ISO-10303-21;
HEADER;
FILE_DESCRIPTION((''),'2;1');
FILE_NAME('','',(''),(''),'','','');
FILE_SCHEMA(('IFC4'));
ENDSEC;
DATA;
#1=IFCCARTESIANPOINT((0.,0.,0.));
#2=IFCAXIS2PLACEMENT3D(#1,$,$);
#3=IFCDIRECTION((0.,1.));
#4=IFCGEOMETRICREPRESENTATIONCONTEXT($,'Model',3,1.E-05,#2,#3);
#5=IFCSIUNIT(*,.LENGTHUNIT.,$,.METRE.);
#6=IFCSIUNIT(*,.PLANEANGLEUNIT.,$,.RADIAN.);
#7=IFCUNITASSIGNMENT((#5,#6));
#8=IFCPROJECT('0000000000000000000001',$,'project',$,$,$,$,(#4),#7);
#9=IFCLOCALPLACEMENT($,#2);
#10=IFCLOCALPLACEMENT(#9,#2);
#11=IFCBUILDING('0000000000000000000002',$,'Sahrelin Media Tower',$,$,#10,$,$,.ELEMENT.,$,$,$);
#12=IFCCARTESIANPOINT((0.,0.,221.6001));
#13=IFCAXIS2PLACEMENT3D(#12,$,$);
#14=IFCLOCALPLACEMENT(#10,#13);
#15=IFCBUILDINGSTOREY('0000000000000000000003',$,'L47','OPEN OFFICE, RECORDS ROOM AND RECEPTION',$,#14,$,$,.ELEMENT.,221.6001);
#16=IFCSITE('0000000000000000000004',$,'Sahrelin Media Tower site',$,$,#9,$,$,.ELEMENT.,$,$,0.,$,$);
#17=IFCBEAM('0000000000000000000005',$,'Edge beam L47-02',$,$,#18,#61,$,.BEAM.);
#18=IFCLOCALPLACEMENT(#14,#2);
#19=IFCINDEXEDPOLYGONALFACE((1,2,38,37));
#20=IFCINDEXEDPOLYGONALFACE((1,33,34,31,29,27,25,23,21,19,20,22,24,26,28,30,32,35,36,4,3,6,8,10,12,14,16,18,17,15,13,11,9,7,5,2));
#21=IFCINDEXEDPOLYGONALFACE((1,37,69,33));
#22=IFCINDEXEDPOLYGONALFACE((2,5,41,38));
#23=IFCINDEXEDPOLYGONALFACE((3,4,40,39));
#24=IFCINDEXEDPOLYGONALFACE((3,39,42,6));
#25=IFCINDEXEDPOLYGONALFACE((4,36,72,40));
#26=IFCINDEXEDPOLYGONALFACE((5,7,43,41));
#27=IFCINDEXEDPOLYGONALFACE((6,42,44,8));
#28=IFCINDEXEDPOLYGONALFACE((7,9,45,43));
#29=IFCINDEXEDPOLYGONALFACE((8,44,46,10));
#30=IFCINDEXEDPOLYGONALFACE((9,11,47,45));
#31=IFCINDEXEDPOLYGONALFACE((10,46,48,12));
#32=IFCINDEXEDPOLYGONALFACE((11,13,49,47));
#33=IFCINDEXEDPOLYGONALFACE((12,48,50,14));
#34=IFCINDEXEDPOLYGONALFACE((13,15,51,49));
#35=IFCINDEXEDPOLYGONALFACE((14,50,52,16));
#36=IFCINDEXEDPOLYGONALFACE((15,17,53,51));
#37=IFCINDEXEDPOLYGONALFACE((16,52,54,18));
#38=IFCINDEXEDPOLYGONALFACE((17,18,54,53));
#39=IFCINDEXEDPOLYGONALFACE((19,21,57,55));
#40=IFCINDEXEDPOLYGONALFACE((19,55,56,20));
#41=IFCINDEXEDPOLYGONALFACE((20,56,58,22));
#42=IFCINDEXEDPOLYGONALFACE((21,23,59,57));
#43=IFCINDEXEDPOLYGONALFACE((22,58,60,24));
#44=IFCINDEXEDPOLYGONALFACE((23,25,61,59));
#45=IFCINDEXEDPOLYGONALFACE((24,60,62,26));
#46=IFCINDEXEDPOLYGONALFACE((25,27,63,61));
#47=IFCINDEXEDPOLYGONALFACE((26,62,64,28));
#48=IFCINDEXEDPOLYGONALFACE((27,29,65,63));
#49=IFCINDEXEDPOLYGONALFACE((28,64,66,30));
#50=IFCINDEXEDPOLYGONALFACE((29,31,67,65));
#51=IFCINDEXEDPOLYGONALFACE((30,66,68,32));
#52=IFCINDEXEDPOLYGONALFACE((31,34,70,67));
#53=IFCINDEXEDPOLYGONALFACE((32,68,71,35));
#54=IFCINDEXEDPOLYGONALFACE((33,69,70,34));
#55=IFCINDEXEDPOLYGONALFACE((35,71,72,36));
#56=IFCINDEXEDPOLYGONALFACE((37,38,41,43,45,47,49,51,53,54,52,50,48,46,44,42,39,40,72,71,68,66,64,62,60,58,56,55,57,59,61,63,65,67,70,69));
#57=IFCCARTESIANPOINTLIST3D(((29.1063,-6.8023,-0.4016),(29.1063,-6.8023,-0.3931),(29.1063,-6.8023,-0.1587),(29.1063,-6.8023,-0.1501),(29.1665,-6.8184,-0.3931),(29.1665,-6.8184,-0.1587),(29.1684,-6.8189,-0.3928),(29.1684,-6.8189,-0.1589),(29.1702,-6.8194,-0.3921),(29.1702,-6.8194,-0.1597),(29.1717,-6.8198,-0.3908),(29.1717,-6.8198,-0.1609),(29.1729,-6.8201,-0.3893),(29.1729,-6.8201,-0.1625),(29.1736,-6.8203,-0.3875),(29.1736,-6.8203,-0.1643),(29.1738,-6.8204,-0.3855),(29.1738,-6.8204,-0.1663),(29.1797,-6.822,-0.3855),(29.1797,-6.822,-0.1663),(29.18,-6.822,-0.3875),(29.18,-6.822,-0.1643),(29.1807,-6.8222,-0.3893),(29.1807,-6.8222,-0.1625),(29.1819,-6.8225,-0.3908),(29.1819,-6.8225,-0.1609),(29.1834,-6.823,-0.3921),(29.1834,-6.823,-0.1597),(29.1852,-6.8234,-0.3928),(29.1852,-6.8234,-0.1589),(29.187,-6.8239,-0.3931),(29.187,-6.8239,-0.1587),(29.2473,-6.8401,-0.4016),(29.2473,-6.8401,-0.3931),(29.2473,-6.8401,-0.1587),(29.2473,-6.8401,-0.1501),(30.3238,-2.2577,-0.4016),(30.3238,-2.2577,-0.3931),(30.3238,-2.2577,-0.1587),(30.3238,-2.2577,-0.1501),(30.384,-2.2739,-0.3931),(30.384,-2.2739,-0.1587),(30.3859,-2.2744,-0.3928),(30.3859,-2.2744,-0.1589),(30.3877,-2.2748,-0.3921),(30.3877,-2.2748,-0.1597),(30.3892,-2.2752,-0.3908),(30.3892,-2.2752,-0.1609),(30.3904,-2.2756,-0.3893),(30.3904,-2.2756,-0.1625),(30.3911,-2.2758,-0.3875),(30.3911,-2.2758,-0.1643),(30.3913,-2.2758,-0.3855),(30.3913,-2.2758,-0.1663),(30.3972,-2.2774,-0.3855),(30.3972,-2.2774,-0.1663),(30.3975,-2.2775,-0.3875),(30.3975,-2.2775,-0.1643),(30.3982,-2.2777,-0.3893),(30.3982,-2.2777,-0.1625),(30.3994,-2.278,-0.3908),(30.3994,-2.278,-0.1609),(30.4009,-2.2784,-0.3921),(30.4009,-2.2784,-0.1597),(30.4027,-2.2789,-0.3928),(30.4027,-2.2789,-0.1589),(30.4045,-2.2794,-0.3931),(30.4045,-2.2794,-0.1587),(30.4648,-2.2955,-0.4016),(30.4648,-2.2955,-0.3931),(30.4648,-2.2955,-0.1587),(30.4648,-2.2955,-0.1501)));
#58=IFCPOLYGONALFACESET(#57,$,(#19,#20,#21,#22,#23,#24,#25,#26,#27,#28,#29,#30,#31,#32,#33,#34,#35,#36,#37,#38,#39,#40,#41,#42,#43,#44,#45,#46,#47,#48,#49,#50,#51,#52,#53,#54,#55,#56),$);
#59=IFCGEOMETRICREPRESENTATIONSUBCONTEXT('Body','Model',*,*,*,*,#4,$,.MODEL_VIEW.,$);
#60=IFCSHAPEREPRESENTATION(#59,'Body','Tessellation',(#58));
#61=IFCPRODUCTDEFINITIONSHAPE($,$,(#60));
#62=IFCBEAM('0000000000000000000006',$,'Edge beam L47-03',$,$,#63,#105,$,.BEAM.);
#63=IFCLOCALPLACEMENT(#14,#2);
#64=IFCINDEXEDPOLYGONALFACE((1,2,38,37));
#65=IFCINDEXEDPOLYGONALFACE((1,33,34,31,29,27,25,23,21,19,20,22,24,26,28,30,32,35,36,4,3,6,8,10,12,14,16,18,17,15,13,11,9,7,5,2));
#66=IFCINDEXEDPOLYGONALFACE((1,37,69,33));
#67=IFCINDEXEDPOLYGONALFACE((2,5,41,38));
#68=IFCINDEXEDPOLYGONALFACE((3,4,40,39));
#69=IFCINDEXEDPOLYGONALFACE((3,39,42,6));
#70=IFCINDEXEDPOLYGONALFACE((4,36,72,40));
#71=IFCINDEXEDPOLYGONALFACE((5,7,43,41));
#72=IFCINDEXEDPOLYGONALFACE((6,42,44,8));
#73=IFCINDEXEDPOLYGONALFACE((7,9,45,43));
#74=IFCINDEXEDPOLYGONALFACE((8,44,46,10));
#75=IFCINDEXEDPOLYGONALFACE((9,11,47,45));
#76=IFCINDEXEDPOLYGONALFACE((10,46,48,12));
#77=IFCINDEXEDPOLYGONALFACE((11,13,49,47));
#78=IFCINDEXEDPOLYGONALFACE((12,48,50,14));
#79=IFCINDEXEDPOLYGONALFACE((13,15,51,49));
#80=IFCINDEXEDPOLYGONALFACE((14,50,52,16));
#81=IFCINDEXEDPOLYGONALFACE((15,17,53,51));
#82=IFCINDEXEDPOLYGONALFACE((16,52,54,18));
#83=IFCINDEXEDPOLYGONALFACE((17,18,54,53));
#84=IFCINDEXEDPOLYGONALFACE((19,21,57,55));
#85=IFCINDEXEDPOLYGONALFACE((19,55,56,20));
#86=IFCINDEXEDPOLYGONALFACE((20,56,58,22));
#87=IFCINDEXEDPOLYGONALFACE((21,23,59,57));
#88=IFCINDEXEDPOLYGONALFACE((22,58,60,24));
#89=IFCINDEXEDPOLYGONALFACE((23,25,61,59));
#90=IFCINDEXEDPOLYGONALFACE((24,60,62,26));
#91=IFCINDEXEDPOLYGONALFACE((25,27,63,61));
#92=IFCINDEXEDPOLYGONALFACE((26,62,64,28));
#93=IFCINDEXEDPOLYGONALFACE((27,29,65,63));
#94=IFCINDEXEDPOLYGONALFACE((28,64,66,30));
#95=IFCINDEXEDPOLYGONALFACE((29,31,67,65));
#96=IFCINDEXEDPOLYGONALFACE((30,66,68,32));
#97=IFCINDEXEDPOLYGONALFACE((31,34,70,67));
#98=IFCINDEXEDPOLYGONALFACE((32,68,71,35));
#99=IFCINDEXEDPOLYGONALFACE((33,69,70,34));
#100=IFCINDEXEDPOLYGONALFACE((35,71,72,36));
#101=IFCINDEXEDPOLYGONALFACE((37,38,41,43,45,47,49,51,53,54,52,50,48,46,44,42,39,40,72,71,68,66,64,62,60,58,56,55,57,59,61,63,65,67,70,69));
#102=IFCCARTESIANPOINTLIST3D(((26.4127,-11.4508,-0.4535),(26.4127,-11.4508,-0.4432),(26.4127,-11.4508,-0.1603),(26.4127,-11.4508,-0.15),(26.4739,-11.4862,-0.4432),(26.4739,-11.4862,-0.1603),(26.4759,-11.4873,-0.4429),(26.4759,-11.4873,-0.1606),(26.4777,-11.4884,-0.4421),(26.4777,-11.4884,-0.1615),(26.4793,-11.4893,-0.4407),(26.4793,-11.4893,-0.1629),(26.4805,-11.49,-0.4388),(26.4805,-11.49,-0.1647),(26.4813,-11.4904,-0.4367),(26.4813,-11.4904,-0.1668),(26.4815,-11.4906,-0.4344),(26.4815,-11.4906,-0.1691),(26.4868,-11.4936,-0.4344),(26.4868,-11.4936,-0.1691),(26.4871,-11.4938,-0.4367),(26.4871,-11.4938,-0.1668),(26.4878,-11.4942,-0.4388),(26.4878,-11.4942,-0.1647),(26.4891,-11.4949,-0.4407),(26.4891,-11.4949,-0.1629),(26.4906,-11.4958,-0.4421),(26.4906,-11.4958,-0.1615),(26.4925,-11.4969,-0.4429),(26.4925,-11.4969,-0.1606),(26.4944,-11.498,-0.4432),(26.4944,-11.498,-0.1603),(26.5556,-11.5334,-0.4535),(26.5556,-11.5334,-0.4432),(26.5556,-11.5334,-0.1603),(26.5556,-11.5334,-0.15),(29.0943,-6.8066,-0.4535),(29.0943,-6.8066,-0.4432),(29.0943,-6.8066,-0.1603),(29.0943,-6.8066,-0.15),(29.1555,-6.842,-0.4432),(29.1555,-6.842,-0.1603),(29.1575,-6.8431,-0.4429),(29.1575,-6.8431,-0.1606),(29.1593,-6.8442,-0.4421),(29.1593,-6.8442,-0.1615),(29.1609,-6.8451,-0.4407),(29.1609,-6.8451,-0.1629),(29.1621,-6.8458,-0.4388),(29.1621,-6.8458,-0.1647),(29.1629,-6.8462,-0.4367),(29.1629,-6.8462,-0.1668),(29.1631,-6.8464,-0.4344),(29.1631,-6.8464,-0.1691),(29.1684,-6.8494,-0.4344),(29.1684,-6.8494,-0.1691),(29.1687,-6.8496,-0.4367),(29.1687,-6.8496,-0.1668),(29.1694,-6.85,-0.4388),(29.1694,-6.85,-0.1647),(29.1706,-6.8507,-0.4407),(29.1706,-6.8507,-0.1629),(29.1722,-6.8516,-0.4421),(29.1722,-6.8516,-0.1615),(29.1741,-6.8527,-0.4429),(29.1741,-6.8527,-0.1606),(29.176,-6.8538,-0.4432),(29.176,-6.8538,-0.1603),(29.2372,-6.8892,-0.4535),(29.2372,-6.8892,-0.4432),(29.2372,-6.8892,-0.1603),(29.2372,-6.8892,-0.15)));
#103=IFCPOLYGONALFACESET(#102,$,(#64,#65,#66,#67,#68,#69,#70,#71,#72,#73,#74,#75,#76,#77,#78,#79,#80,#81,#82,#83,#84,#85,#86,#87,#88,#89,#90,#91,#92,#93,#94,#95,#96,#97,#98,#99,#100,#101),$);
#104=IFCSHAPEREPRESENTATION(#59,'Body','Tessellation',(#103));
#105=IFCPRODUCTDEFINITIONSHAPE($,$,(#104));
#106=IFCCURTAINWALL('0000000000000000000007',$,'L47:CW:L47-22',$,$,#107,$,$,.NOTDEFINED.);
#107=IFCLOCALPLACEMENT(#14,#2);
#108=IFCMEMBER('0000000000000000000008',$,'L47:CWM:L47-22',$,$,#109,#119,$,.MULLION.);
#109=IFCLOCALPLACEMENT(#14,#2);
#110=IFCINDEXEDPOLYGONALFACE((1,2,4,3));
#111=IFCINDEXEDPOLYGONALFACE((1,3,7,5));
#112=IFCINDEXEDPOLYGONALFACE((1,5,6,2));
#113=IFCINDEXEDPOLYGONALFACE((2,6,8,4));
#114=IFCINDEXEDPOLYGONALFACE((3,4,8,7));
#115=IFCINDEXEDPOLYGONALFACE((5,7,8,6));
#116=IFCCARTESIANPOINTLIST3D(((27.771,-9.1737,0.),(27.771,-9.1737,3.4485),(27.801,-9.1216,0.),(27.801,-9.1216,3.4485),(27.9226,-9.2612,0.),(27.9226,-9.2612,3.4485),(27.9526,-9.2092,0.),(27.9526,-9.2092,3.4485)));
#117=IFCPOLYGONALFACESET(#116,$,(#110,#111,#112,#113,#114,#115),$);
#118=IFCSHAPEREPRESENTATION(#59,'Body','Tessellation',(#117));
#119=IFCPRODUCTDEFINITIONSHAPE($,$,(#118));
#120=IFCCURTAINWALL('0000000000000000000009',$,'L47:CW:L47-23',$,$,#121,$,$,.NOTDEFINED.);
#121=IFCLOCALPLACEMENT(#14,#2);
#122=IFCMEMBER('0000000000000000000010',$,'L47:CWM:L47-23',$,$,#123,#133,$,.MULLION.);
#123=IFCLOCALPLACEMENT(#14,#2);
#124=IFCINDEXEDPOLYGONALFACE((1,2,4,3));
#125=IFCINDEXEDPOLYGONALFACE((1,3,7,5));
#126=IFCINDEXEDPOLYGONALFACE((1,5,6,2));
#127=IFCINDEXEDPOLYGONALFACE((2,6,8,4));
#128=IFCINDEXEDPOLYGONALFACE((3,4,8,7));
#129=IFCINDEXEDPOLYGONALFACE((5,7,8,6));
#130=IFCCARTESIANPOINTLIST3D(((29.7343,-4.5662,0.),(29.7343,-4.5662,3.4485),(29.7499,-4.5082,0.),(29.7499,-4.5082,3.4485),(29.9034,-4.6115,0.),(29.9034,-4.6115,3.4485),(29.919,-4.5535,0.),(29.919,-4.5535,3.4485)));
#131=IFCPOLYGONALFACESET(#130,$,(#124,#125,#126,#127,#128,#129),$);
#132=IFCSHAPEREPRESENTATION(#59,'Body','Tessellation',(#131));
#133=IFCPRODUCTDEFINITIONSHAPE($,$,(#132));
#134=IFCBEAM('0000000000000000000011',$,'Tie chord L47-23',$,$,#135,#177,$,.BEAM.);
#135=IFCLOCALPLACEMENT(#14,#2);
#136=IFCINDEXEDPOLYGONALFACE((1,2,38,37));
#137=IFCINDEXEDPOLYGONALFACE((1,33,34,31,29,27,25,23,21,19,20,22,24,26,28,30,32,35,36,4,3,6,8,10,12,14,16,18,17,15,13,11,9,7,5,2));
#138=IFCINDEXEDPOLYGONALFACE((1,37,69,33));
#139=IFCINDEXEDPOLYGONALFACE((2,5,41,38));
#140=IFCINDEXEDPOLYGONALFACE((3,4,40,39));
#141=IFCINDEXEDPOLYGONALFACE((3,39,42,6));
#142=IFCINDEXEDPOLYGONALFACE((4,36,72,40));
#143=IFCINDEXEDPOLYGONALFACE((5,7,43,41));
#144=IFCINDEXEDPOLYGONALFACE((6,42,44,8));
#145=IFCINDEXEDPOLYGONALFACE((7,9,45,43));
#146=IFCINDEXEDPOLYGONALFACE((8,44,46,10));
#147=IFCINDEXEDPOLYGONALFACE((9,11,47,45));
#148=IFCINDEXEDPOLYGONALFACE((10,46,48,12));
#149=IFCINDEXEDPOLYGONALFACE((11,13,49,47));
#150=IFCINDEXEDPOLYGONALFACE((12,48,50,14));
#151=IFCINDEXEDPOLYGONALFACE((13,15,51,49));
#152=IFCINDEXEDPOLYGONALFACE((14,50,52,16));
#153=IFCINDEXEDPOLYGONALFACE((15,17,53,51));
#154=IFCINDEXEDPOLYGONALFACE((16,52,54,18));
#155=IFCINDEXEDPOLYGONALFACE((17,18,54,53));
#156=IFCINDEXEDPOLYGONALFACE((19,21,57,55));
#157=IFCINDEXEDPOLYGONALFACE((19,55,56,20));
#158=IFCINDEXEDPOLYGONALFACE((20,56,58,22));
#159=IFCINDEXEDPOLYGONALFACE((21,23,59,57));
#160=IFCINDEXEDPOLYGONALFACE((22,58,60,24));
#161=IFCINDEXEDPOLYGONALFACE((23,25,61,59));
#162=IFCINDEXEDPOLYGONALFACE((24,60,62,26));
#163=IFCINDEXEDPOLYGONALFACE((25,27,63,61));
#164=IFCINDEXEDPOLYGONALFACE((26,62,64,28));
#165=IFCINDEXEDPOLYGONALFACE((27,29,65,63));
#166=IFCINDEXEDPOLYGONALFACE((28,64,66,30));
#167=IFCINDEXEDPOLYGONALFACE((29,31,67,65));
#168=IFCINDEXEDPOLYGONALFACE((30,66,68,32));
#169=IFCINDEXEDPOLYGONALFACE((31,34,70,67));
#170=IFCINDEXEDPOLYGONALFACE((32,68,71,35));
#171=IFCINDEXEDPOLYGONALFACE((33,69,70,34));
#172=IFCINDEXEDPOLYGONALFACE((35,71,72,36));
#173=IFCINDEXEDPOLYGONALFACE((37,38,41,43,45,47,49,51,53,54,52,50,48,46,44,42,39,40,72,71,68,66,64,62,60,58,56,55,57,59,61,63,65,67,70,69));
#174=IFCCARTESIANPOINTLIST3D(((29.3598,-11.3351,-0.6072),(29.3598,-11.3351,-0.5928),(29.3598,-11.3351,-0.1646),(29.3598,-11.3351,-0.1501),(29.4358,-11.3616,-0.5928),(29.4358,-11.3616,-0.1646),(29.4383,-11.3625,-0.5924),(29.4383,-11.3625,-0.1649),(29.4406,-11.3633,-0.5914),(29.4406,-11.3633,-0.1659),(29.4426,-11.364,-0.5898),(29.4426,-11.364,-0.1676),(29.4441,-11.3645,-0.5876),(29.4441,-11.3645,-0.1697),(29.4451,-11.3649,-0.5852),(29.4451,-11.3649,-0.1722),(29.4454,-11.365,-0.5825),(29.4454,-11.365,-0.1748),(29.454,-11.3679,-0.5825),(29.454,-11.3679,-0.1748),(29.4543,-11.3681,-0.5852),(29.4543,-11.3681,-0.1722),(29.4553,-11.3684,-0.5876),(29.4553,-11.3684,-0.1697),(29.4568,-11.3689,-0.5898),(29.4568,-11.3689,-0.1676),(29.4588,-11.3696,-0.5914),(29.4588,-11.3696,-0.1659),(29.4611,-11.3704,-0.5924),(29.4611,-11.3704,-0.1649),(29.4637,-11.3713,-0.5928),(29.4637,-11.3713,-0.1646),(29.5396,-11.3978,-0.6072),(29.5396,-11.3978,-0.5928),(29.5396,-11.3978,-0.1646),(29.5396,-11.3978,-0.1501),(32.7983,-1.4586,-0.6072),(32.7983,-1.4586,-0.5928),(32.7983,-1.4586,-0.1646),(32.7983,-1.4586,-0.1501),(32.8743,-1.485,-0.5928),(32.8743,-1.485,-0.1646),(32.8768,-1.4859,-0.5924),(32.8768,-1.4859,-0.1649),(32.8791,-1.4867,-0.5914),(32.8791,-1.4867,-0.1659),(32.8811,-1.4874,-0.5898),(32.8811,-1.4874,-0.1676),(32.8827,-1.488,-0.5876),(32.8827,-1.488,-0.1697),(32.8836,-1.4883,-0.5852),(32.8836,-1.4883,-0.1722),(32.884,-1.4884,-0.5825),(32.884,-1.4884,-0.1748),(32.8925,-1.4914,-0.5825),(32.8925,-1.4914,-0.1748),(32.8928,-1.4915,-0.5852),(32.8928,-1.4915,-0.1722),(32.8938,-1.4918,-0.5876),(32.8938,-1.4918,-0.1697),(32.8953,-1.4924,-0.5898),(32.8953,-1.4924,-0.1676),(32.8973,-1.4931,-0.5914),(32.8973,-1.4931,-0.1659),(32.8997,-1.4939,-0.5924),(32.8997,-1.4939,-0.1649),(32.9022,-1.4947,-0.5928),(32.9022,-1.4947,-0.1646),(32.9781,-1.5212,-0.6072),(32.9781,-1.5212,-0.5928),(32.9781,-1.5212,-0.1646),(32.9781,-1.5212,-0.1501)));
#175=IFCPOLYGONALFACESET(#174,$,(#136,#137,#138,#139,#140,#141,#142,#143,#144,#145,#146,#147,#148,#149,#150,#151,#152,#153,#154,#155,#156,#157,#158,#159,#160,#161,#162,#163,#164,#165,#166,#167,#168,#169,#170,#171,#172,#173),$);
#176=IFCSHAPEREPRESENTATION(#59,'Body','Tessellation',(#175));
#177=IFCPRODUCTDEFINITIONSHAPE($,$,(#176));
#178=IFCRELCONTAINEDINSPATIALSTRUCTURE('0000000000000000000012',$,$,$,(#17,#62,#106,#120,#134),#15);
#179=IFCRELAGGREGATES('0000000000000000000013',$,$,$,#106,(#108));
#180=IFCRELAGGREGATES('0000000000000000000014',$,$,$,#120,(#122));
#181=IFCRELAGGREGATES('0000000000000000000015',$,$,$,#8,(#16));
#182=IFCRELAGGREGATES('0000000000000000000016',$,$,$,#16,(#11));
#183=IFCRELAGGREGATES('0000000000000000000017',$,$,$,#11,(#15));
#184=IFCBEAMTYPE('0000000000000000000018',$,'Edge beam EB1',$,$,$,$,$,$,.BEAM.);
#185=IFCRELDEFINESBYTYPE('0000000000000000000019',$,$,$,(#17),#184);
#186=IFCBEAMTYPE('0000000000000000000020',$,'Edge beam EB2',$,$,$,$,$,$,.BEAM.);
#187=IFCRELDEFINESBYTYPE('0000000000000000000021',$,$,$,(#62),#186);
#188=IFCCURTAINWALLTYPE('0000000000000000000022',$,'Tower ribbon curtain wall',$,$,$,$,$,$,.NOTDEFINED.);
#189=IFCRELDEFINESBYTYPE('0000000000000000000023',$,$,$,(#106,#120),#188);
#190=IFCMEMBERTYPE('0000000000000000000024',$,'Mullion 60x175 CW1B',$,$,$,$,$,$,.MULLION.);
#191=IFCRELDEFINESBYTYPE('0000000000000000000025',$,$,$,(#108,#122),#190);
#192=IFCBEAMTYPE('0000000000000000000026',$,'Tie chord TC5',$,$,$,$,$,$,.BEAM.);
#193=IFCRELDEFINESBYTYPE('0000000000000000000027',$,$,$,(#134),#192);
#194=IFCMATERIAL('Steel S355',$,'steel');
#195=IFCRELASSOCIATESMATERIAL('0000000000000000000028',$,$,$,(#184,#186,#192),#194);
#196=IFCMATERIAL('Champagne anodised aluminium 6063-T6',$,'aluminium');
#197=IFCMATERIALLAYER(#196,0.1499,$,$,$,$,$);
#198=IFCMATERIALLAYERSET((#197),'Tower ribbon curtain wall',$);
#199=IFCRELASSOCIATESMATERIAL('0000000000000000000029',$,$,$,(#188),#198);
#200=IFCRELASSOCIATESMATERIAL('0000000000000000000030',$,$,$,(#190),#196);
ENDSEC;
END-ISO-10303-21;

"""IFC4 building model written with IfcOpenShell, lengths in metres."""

from ifc_helpers import new_model, si_unit, direction, frame, origin, origin_2d, place, context, subcontext, project, spatial, rectangle, i_section, extrude, material, layer, layer_set, material_profile, profile_set, type_object, element, aggregate, save


model = new_model("IFC4")

# Units and contexts
model_context = context("Model", 3, precision=1e-05, world=origin(), true_north=direction((0.0, 1.0)))
body_context = subcontext(model_context, "Body", "Model", "MODEL_VIEW")
ifc_project = project(units=[si_unit("LENGTHUNIT", "METRE"), si_unit("PLANEANGLEUNIT", "RADIAN")], contexts=[model_context])

# Site, building, storey
site_placement = place(None, origin())
site = spatial("IfcSite", under=ifc_project, at=site_placement, Name="Sahrelin Media Tower site", CompositionType="ELEMENT", RefElevation=0.0)
building_placement = place(site_placement, origin())
building = spatial("IfcBuilding", under=site, at=building_placement, Name="Sahrelin Media Tower", CompositionType="ELEMENT")
storey_placement = place(building_placement, frame((0.0, 0.0, 221.6001)))
storey = spatial("IfcBuildingStorey", under=building, at=storey_placement, Name="L47", Description="OPEN OFFICE, RECORDS ROOM AND RECEPTION", CompositionType="ELEMENT", Elevation=221.6001)

# Beams
ifc_material_1 = material(Name="Steel S355", Category="steel")
ifc_material_profile_1 = material_profile(ifc_material_1, i_section(OverallWidth=0.146, OverallDepth=0.2515, WebThickness=0.0061, FlangeThickness=0.0085, FilletRadius=0.0076, at=origin_2d()), Name="UB 254x146x31")
ifc_profile_set_1 = profile_set([ifc_material_profile_1], Name="Steel S355")
beam_type_1 = type_object("IfcBeamType", Name="Edge beam EB1", PredefinedType="BEAM", material=ifc_profile_set_1)
beam_1_placement = place(storey_placement, frame((30.3943, -2.2766, -0.2759), z_axis=(-0.258777, -0.965937, 0.0), x_axis=(0.965937, -0.258777, 0.0)))
element("IfcBeam", 1, at=beam_1_placement, inside=storey, type_object=beam_type_1, Name="Edge beam L47-02", PredefinedType="BEAM", context=body_context, shape_type="SweptSolid", body=[
    extrude(i_section(OverallWidth=0.146, OverallDepth=0.2515, WebThickness=0.0061, FlangeThickness=0.0085, FilletRadius=0.0076, at=origin_2d()), origin(), (0.0, 0.0, 1.0), 4.7048),
])
ifc_material_profile_2 = material_profile(ifc_material_1, i_section(OverallWidth=0.165, OverallDepth=0.3035, WebThickness=0.0061, FlangeThickness=0.0103, FilletRadius=0.0088, at=origin_2d()), Name="UB 305x165x40")
ifc_profile_set_2 = profile_set([ifc_material_profile_2], Name="Steel S355")
beam_type_2 = type_object("IfcBeamType", Name="Edge beam EB2", PredefinedType="BEAM", material=ifc_profile_set_2)
beam_2_placement = place(storey_placement, frame((29.1658, -6.8479, -0.3018), z_axis=(-0.500036, -0.866004, 0.0), x_axis=(0.866004, -0.500036, 0.0)))
element("IfcBeam", 2, at=beam_2_placement, inside=storey, type_object=beam_type_2, Name="Edge beam L47-03", PredefinedType="BEAM", context=body_context, shape_type="SweptSolid", body=[
    extrude(i_section(OverallWidth=0.165, OverallDepth=0.3035, WebThickness=0.0061, FlangeThickness=0.0103, FilletRadius=0.0088, at=origin_2d()), origin(), (0.0, 0.0, 1.0), 5.3628),
])

# Curtain walls, members
ifc_material_2 = material(Name="Champagne anodised aluminium 6063-T6", Category="aluminium")
ifc_layer_1 = layer(ifc_material_2, 0.1499)
ifc_layer_set_1 = layer_set([ifc_layer_1], Name="Tower ribbon curtain wall")
curtain_wall_type = type_object("IfcCurtainWallType", Name="Tower ribbon curtain wall", PredefinedType="NOTDEFINED", material=ifc_layer_set_1)
curtain_wall_1_placement = place(storey_placement, frame((27.9548, -9.2451, 0.0), z_axis=(0.0, 0.0, 1.0), x_axis=(1.0, 0.0, 0.0)))
curtain_wall_1 = element("IfcCurtainWall", 3, at=curtain_wall_1_placement, inside=storey, type_object=curtain_wall_type, Name="L47:CW:L47-22", PredefinedType="NOTDEFINED")
ifc_material_profile_3 = material_profile(ifc_material_2, rectangle(XDim=0.0601, YDim=0.175, at=origin_2d()), Name="Mullion 60x175")
ifc_profile_set_3 = profile_set([ifc_material_profile_3], Name="Champagne anodised aluminium 6063-T6")
member_type_1 = type_object("IfcMemberType", Name="Mullion 60x175 CW1B", PredefinedType="MULLION", material=ifc_profile_set_3)
member_1_placement = place(storey_placement, frame((27.8618, -9.1914, 0.0), z_axis=(0.0, 0.0, 1.0), x_axis=(0.5, 0.866025, 0.0)))
member_1 = element("IfcMember", 4, at=member_1_placement, type_object=member_type_1, Name="L47:CWM:L47-22", PredefinedType="MULLION", context=body_context, shape_type="SweptSolid", body=[
    extrude(rectangle(XDim=0.0601, YDim=0.175, at=origin_2d()), origin(), (0.0, 0.0, 1.0), 3.4485),
])
curtain_wall_2_placement = place(storey_placement, frame((29.9304, -4.5876, 0.0), z_axis=(0.0, 0.0, 1.0), x_axis=(1.0, 0.0, 0.0)))
curtain_wall_2 = element("IfcCurtainWall", 5, at=curtain_wall_2_placement, inside=storey, type_object=curtain_wall_type, Name="L47:CW:L47-23", PredefinedType="NOTDEFINED")
member_2_placement = place(storey_placement, frame((29.8267, -4.5598, 0.0), z_axis=(0.0, 0.0, 1.0), x_axis=(0.258822, 0.965925, 0.0)))
member_2 = element("IfcMember", 6, at=member_2_placement, type_object=member_type_1, Name="L47:CWM:L47-23", PredefinedType="MULLION", context=body_context, shape_type="SweptSolid", body=[
    extrude(rectangle(XDim=0.0601, YDim=0.175, at=origin_2d()), origin(), (0.0, 0.0, 1.0), 3.4485),
])

# Beam
ifc_material_profile_4 = material_profile(ifc_material_1, i_section(OverallWidth=0.1904, OverallDepth=0.457, WebThickness=0.009, FlangeThickness=0.0144, FilletRadius=0.0103, at=origin_2d()), Name="UB 457x191x74")
ifc_profile_set_4 = profile_set([ifc_material_profile_4], Name="Steel S355")
beam_type_3 = type_object("IfcBeamType", Name="Tie chord TC5", PredefinedType="BEAM", material=ifc_profile_set_4)
beam_3_placement = place(storey_placement, frame((29.4497, -11.3665, -0.3787), z_axis=(0.328792, 0.944402, 0.0), x_axis=(-0.944402, 0.328792, 0.0)))
element("IfcBeam", 7, at=beam_3_placement, inside=storey, type_object=beam_type_3, Name="Tie chord L47-23", PredefinedType="BEAM", context=body_context, shape_type="SweptSolid", body=[
    extrude(i_section(OverallWidth=0.1904, OverallDepth=0.457, WebThickness=0.009, FlangeThickness=0.0144, FilletRadius=0.0103, at=origin_2d()), origin(), (0.0, 0.0, 1.0), 10.458),
])

aggregate(curtain_wall_1, [member_1])

aggregate(curtain_wall_2, [member_2])

save(model, "model.ifc")
